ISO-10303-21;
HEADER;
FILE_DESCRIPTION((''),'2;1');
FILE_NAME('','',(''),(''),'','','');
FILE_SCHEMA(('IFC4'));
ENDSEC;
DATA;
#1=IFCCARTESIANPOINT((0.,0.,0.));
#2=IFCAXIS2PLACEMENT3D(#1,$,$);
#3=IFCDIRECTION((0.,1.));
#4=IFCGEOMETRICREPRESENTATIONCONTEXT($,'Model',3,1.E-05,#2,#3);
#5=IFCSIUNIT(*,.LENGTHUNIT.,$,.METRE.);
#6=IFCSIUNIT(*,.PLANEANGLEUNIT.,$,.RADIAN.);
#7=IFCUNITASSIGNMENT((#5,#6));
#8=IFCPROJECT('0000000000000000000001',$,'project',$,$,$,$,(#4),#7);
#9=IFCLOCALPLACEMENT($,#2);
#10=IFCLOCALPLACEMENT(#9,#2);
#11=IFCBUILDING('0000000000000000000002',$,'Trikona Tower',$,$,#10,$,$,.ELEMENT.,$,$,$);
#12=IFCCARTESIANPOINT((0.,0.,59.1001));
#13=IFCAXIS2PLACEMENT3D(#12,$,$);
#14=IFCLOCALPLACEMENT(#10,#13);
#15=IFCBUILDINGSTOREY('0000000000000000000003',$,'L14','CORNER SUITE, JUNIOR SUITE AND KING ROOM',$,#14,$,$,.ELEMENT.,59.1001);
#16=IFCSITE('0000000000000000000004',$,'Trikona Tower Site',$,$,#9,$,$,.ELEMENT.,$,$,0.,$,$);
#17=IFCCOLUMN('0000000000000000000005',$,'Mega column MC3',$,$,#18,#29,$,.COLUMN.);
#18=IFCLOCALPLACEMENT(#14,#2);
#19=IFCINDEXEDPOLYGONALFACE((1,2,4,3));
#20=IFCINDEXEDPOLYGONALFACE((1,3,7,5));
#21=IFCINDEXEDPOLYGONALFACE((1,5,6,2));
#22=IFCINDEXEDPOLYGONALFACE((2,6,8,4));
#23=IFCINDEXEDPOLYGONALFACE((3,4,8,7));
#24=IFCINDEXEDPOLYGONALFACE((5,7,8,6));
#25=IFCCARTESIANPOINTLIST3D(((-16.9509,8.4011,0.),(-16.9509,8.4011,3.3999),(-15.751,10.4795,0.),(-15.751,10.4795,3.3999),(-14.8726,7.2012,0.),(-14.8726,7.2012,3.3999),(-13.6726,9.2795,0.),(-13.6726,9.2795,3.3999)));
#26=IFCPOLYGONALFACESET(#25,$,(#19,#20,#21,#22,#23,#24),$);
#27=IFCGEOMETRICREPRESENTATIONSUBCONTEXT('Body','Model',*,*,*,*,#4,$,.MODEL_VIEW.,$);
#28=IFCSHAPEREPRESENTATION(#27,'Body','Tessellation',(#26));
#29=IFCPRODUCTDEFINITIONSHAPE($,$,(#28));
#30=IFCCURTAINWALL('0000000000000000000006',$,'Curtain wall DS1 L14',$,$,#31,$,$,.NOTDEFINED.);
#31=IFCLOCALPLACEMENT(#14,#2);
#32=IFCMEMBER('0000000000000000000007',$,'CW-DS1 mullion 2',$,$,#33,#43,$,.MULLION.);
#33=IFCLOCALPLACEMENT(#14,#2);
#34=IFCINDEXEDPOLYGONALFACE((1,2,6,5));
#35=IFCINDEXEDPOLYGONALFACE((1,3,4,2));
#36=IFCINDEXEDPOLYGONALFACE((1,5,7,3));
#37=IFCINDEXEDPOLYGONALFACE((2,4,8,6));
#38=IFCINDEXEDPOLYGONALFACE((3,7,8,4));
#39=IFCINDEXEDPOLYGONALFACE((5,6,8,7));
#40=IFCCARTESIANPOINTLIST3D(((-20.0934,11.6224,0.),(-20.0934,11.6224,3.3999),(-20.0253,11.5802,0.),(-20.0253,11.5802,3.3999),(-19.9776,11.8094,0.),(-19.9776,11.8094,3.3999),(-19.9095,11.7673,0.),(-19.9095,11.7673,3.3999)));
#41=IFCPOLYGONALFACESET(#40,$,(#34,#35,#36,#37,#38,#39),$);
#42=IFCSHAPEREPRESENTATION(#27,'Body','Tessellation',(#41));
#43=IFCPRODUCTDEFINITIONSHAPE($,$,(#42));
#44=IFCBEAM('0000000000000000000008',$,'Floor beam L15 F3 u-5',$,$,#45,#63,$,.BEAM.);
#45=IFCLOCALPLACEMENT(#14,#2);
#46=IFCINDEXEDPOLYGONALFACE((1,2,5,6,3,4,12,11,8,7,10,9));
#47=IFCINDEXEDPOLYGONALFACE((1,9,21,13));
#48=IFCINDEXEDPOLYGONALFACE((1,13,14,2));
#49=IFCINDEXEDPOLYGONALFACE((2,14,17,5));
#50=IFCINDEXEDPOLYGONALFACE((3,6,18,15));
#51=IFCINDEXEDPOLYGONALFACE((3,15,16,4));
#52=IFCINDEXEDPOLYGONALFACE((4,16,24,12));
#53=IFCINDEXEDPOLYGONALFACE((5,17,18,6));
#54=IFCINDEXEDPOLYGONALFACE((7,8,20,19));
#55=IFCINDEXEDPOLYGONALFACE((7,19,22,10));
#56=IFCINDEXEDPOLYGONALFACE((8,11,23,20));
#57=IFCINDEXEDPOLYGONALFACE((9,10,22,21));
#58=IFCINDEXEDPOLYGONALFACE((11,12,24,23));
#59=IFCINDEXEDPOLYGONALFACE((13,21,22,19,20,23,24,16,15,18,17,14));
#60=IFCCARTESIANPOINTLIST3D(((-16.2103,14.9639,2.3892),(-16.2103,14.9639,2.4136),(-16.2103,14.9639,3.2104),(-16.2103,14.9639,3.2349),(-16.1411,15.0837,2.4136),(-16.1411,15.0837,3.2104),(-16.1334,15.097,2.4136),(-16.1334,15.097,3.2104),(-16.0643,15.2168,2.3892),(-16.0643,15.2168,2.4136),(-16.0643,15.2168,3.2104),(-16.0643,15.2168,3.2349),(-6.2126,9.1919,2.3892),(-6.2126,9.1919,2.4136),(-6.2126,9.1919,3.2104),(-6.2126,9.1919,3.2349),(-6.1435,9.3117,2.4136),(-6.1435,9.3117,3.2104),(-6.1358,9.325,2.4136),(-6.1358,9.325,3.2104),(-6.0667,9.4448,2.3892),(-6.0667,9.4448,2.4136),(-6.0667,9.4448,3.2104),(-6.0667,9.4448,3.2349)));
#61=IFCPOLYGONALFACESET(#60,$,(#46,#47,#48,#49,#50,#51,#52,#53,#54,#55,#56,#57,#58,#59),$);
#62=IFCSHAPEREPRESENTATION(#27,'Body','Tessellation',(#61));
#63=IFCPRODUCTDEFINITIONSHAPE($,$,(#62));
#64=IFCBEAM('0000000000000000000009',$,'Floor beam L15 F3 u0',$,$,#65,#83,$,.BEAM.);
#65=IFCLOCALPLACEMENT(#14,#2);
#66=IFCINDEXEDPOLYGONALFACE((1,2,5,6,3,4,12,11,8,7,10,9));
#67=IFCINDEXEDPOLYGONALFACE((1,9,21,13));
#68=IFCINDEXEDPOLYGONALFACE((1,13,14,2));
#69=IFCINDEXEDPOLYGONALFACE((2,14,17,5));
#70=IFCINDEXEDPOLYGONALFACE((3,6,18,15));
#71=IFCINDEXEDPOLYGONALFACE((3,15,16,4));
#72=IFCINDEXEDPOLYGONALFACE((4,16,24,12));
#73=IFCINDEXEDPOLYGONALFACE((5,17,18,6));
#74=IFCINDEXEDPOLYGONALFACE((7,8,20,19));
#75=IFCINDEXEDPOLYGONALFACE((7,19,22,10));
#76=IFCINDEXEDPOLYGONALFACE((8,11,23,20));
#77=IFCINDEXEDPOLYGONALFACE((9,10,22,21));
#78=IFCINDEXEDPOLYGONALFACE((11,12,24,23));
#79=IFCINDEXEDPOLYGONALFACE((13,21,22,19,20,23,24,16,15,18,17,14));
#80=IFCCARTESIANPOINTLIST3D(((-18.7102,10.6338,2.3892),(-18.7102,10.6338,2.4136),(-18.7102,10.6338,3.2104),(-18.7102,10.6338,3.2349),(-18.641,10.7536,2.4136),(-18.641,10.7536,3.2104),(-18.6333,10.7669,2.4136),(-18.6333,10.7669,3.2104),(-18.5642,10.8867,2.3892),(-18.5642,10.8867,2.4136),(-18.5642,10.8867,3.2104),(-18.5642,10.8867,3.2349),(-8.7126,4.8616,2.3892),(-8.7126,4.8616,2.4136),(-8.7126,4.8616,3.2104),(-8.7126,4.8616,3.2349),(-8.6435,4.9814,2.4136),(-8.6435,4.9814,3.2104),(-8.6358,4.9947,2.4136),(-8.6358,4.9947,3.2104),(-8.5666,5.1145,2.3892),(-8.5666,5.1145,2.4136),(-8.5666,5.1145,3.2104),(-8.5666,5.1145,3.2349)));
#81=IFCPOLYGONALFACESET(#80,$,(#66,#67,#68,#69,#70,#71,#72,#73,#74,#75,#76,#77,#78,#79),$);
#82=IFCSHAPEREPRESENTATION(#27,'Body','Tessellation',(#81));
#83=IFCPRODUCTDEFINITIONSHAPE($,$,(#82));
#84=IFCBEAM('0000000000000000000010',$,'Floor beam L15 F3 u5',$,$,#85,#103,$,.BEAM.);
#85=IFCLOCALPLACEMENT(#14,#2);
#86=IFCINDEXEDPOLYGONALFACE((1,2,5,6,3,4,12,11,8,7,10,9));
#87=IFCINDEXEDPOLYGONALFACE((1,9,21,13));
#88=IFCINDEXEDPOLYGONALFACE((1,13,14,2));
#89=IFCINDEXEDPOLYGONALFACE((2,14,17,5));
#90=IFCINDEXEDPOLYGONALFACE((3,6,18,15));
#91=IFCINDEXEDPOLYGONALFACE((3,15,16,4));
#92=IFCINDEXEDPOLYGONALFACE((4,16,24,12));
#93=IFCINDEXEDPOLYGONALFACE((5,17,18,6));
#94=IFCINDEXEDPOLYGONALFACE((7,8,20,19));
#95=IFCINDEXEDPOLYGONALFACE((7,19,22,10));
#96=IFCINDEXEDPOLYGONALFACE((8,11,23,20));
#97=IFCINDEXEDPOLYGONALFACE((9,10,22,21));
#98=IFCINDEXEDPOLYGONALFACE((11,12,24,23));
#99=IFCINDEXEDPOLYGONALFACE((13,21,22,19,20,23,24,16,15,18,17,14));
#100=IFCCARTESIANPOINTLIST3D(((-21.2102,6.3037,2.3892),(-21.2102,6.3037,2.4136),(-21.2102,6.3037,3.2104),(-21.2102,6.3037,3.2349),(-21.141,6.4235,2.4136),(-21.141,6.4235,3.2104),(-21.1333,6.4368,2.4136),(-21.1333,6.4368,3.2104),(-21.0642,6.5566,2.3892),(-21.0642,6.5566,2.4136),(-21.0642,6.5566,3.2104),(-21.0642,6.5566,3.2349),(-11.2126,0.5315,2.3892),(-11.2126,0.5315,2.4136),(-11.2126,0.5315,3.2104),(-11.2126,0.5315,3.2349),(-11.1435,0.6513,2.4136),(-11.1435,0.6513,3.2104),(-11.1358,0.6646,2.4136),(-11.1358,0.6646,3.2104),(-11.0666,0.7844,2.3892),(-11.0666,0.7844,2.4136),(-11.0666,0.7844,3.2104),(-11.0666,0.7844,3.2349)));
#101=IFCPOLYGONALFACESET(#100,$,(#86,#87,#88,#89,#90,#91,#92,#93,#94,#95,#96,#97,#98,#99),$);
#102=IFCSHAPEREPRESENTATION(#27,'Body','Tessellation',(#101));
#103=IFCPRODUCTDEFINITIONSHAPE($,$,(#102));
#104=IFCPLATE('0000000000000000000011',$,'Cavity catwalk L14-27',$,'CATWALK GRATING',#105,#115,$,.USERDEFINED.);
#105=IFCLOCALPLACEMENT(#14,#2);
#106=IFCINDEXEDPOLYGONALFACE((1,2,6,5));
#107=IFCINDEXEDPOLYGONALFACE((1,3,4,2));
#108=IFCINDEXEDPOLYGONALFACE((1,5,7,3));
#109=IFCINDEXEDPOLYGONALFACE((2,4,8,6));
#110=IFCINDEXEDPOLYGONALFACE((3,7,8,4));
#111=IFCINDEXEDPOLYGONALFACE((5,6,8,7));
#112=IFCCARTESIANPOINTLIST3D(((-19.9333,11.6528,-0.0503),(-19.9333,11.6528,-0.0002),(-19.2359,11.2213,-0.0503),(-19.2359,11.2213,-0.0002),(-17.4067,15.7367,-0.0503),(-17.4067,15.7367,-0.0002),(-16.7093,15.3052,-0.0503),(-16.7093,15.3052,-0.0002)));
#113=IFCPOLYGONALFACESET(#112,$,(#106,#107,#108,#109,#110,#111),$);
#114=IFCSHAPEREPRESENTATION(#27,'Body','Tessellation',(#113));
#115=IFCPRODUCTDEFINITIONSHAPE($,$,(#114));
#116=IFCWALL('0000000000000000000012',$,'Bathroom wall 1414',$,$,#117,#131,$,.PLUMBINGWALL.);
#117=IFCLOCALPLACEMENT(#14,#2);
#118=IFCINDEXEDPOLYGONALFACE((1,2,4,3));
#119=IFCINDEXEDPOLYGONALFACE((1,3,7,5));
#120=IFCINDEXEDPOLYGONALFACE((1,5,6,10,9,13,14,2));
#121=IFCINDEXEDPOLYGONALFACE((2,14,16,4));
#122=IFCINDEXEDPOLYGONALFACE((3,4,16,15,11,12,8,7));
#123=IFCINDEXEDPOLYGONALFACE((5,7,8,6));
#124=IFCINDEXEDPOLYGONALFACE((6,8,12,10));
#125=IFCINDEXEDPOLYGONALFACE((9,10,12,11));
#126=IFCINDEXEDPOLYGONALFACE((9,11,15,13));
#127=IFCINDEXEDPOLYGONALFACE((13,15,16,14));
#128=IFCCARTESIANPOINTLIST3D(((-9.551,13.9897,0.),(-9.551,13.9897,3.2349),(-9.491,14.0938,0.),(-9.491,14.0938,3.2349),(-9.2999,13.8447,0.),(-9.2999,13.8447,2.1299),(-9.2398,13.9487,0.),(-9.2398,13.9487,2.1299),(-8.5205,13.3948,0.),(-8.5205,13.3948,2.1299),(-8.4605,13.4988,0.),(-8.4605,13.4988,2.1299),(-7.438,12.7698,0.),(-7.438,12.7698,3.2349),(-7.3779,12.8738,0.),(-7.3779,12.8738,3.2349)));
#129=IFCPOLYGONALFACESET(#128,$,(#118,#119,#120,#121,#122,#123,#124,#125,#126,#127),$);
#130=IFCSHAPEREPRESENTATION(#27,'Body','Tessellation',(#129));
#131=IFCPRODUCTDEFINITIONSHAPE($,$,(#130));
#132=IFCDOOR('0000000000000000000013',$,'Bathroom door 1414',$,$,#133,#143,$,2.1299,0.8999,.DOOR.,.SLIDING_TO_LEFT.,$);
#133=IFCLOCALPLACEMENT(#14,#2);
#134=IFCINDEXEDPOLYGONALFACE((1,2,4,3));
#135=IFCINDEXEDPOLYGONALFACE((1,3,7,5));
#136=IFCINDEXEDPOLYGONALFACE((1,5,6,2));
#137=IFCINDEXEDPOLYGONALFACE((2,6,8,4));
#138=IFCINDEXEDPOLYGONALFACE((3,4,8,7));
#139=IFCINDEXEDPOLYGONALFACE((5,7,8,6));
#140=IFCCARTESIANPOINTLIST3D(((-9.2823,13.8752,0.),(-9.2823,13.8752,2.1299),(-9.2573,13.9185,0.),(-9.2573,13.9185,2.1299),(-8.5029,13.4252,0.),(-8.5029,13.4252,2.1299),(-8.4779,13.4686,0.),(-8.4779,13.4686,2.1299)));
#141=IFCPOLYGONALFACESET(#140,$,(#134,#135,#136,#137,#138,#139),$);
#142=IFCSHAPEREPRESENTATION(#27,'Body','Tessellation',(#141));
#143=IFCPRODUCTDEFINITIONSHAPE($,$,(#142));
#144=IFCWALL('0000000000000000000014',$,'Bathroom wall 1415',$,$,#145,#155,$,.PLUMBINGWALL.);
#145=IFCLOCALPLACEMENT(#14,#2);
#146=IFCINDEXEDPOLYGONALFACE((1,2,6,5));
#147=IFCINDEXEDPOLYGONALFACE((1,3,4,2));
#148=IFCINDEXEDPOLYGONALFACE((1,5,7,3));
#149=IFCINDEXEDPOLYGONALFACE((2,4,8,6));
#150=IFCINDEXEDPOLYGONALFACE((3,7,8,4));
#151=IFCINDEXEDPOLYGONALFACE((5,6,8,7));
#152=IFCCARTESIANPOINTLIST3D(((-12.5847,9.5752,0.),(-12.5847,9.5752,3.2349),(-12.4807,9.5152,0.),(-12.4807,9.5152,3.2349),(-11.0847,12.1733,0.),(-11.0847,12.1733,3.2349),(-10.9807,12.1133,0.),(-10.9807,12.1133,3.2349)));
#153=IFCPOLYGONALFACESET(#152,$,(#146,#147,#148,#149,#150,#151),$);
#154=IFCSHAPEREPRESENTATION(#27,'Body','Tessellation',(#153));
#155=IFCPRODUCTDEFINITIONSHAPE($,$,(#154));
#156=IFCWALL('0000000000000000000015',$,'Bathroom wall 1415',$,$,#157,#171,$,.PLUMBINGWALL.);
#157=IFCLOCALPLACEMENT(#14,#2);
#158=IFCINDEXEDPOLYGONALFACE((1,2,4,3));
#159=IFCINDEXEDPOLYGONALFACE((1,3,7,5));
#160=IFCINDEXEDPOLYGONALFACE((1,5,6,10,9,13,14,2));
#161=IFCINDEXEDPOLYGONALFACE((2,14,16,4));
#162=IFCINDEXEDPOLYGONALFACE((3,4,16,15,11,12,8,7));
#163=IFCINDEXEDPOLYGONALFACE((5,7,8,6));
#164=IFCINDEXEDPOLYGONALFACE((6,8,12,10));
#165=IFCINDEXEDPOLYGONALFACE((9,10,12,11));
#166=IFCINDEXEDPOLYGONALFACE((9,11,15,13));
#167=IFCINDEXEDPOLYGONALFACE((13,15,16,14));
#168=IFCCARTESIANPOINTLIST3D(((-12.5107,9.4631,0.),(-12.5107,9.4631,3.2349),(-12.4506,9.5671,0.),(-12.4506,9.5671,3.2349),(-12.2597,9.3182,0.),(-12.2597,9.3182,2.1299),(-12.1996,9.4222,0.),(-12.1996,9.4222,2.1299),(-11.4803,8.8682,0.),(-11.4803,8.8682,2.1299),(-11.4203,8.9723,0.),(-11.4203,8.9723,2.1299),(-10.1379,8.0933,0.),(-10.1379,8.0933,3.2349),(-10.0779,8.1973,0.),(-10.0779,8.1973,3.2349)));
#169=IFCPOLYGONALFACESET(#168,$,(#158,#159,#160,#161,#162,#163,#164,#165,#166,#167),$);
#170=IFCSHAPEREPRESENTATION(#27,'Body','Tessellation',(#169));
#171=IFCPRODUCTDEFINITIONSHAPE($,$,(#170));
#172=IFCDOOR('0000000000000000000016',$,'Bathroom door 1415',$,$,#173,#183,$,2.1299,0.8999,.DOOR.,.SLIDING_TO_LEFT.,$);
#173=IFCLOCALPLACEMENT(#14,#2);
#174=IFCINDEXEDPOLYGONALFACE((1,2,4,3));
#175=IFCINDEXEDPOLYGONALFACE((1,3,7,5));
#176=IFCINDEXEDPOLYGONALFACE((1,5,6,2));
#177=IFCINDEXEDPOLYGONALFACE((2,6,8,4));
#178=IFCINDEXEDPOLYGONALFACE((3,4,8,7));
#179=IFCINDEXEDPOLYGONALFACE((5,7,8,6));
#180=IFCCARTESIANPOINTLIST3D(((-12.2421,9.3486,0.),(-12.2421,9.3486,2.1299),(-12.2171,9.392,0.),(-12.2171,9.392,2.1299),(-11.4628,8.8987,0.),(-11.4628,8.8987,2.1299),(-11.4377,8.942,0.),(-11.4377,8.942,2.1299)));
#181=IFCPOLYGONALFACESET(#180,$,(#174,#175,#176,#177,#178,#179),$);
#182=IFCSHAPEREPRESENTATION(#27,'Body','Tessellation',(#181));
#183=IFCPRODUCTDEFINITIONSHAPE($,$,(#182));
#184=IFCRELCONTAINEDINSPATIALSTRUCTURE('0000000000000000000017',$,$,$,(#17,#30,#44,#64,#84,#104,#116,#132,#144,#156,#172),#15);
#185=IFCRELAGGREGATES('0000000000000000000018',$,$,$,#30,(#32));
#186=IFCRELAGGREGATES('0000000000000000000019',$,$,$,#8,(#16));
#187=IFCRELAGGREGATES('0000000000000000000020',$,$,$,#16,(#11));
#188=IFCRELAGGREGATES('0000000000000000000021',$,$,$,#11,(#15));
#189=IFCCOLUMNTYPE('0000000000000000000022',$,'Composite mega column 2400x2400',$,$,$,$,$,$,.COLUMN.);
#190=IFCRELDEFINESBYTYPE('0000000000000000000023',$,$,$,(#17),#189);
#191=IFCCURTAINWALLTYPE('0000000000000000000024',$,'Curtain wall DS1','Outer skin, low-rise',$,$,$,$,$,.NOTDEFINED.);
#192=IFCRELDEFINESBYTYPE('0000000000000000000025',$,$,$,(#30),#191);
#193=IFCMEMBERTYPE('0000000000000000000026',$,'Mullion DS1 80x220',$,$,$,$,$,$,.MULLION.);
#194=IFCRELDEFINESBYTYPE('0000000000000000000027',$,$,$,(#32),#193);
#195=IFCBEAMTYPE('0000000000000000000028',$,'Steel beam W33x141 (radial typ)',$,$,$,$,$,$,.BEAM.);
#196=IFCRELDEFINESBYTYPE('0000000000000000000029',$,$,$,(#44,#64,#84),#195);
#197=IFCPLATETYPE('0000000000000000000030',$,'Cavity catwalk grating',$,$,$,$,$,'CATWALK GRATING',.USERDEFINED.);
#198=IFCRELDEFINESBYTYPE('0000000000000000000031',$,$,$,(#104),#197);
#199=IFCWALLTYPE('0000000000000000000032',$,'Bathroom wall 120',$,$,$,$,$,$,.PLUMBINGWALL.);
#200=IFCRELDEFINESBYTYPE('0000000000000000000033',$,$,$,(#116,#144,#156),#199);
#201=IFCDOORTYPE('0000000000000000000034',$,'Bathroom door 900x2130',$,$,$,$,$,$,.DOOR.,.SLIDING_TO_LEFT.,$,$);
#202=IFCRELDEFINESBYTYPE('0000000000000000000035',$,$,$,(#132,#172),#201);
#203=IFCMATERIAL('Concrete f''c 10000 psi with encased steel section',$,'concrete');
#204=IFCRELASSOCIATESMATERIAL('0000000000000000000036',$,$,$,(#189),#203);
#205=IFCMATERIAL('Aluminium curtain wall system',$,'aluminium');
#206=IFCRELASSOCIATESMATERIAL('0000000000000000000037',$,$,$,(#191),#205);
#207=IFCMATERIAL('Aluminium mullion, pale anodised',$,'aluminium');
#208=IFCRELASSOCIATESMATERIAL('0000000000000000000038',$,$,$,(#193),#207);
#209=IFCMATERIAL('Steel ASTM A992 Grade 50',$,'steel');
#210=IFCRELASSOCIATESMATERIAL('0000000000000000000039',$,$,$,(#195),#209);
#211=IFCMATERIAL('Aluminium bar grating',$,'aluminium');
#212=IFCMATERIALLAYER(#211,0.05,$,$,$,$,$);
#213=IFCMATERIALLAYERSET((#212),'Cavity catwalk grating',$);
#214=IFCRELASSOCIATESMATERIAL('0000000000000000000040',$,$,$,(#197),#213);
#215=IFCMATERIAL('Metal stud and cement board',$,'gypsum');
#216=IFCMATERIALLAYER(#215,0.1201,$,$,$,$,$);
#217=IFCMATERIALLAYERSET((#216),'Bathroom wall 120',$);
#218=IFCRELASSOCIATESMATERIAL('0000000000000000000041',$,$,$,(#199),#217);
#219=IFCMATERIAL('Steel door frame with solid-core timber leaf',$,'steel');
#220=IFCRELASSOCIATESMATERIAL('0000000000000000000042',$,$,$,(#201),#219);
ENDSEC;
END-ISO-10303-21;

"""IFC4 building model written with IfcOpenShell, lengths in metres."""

from ifc_helpers import new_model, si_unit, direction, frame, frame_2d, origin, origin_2d, place, context, subcontext, project, spatial, rectangle, i_section, extrude, material, layer, layer_set, material_profile, profile_set, type_object, element, fill, aggregate, save


model = new_model("IFC4")

# Units and contexts
model_context = context("Model", 3, precision=1e-05, world=origin(), true_north=direction((0.0, 1.0)))
body_context = subcontext(model_context, "Body", "Model", "MODEL_VIEW")
ifc_project = project(units=[si_unit("LENGTHUNIT", "METRE"), si_unit("PLANEANGLEUNIT", "RADIAN")], contexts=[model_context])

# Site, building, storey
site_placement = place(None, origin())
site = spatial("IfcSite", under=ifc_project, at=site_placement, Name="Trikona Tower Site", CompositionType="ELEMENT", RefElevation=0.0)
building_placement = place(site_placement, origin())
building = spatial("IfcBuilding", under=site, at=building_placement, Name="Trikona Tower", CompositionType="ELEMENT")
storey_placement = place(building_placement, frame((0.0, 0.0, 59.1001)))
storey = spatial("IfcBuildingStorey", under=building, at=storey_placement, Name="L14", Description="CORNER SUITE, JUNIOR SUITE AND KING ROOM", CompositionType="ELEMENT", Elevation=59.1001)

# Column
ifc_material_1 = material(Name="Concrete f'c 10000 psi with encased steel section", Category="concrete")
ifc_material_profile_1 = material_profile(ifc_material_1, rectangle(XDim=2.3999, YDim=2.3999, at=origin_2d()), Name="MC2400")
ifc_profile_set_1 = profile_set([ifc_material_profile_1], Name="Concrete f'c 10000 psi with encased steel section")
column_type = type_object("IfcColumnType", Name="Composite mega column 2400x2400", PredefinedType="COLUMN", material=ifc_profile_set_1)
column_placement = place(storey_placement, frame((-15.3118, 8.8403, 0.0), z_axis=(0.0, 0.0, 1.0), x_axis=(-0.866025, 0.5, 0.0)))
element("IfcColumn", 1, at=column_placement, inside=storey, type_object=column_type, Name="Mega column MC3", PredefinedType="COLUMN", context=body_context, shape_type="SweptSolid", body=[
    extrude(rectangle(XDim=2.3999, YDim=2.3999, at=origin_2d()), origin(), (0.0, 0.0, 1.0), 3.3999),
])

# Curtain wall, member
ifc_material_2 = material(Name="Aluminium curtain wall system", Category="aluminium")
curtain_wall_type = type_object("IfcCurtainWallType", Name="Curtain wall DS1", Description="Outer skin, low-rise", PredefinedType="NOTDEFINED", material=ifc_material_2)
curtain_wall_placement = place(storey_placement, origin())
curtain_wall = element("IfcCurtainWall", 2, at=curtain_wall_placement, inside=storey, type_object=curtain_wall_type, Name="Curtain wall DS1 L14", PredefinedType="NOTDEFINED")
ifc_material_3 = material(Name="Aluminium mullion, pale anodised", Category="aluminium")
ifc_material_profile_2 = material_profile(ifc_material_3, rectangle(XDim=0.0801, YDim=0.22, at=origin_2d()), Name="MUL-DS1")
ifc_profile_set_2 = profile_set([ifc_material_profile_2], Name="Aluminium mullion, pale anodised")
member_type = type_object("IfcMemberType", Name="Mullion DS1 80x220", PredefinedType="MULLION", material=ifc_profile_set_2)
member_placement = place(storey_placement, frame((-20.0015, 11.6948, 0.0), z_axis=(0.0, 0.0, 1.0), x_axis=(0.85041, -0.52612, 0.0)))
member = element("IfcMember", 3, at=member_placement, type_object=member_type, Name="CW-DS1 mullion 2", PredefinedType="MULLION", context=body_context, shape_type="SweptSolid", body=[
    extrude(rectangle(XDim=0.0801, YDim=0.22, at=origin_2d()), origin(), (0.0, 0.0, 1.0), 3.3999),
])
aggregate(curtain_wall, [member])

# Beams
ifc_material_4 = material(Name="Steel ASTM A992 Grade 50", Category="steel")
ifc_material_profile_3 = material_profile(ifc_material_4, i_section(OverallWidth=0.292, OverallDepth=0.8457, WebThickness=0.0154, FlangeThickness=0.0244, at=origin_2d()), Name="W33X141")
ifc_profile_set_3 = profile_set([ifc_material_profile_3], Name="Steel ASTM A992 Grade 50")
beam_type = type_object("IfcBeamType", Name="Steel beam W33x141 (radial typ)", PredefinedType="BEAM", material=ifc_profile_set_3)
for number, where, z_axis, x_axis, name in (
    (4, (-6.1396, 9.3184, 2.812), (-0.86603, 0.499992, 0.0), (-0.499992, -0.86603, 0.0), "Floor beam L15 F3 u-5"),
    (5, (-8.6396, 4.988, 2.812), (-0.866021, 0.500008, 0.0), (-0.500008, -0.866021, 0.0), "Floor beam L15 F3 u0"),
    (6, (-11.1396, 0.658, 2.812), (-0.866021, 0.500008, 0.0), (-0.500008, -0.866021, 0.0), "Floor beam L15 F3 u5"),
):
    element("IfcBeam", number, at=place(storey_placement, frame(where, z_axis=z_axis, x_axis=x_axis)), inside=storey, type_object=beam_type, Name=name, PredefinedType="BEAM", context=body_context, shape_type="SweptSolid", body=[
        extrude(i_section(OverallWidth=0.292, OverallDepth=0.8457, WebThickness=0.0154, FlangeThickness=0.0244, at=origin_2d()), origin(), (0.0, 0.0, 1.0), 11.5442),
    ])

# Plate
ifc_material_5 = material(Name="Aluminium bar grating", Category="aluminium")
ifc_layer_1 = layer(ifc_material_5, 0.05)
ifc_layer_set_1 = layer_set([ifc_layer_1], Name="Cavity catwalk grating")
plate_type = type_object("IfcPlateType", Name="Cavity catwalk grating", ElementType="CATWALK GRATING", PredefinedType="USERDEFINED", material=ifc_layer_set_1)
plate_placement = place(storey_placement, frame((-18.3213, 13.479, -0.0503), z_axis=(0.0, 0.0, 1.0), x_axis=(-0.526119, -0.850411, 0.0)))
element("IfcPlate", 7, at=plate_placement, inside=storey, type_object=plate_type, Name="Cavity catwalk L14-27", ObjectType="CATWALK GRATING", PredefinedType="USERDEFINED", context=body_context, shape_type="SweptSolid", body=[
    extrude(rectangle(XDim=4.8022, YDim=0.8201, at=origin_2d()), origin(), (0.0, 0.0, 1.0), 0.05),
])

# Wall, opening, door
ifc_material_6 = material(Name="Metal stud and cement board", Category="gypsum")
ifc_layer_2 = layer(ifc_material_6, 0.1201)
ifc_layer_set_2 = layer_set([ifc_layer_2], Name="Bathroom wall 120")
wall_type_1 = type_object("IfcWallType", Name="Bathroom wall 120", PredefinedType="PLUMBINGWALL", material=ifc_layer_set_2)
wall_1_placement = place(storey_placement, frame((-7.408, 12.8218, 0.0), z_axis=(0.0, 0.0, 1.0), x_axis=(-0.866024, 0.500003, 0.0)))
wall_1 = element("IfcWall", 8, at=wall_1_placement, inside=storey, type_object=wall_type_1, Name="Bathroom wall 1414", PredefinedType="PLUMBINGWALL", context=body_context, shape_type="SweptSolid", body=[
    extrude(rectangle(XDim=2.4399, YDim=0.1201, at=frame_2d((1.22, 0.0))), origin(), (0.0, 0.0, 1.0), 3.2349),
])
opening_1_placement = place(wall_1_placement, frame((1.25, 0.0, 0.0)))
opening_1 = element("IfcOpeningElement", 9, at=opening_1_placement, cuts=wall_1, PredefinedType="OPENING", context=body_context, shape_type="SweptSolid", body=[
    extrude(rectangle(XDim=0.8999, YDim=2.1299, at=frame_2d((0.45, 1.0649))), frame((0.0, 0.0701, 0.0), z_axis=(0.0, -1.0, 0.0), x_axis=(1.0, 0.0, 0.0)), (0.0, 0.0, 1.0), 0.1401),
])
ifc_material_7 = material(Name="Steel door frame with solid-core timber leaf", Category="steel")
door_type_1 = type_object("IfcDoorType", Name="Bathroom door 900x2130", OperationType="SLIDING_TO_LEFT", PredefinedType="DOOR", material=ifc_material_7)
door_1_placement = place(opening_1_placement, origin())
door_1 = element("IfcDoor", 10, at=door_1_placement, inside=storey, type_object=door_type_1, Name="Bathroom door 1414", OperationType="SLIDING_TO_LEFT", OverallHeight=2.1299, OverallWidth=0.8999, PredefinedType="DOOR", context=body_context, shape_type="SweptSolid", body=[
    extrude(rectangle(XDim=0.8999, YDim=2.1299, at=frame_2d((0.45, 1.0649))), frame((0.0, 0.0249, 0.0), z_axis=(0.0, -1.0, 0.0), x_axis=(1.0, 0.0, 0.0)), (0.0, 0.0, 1.0), 0.05),
])
fill(opening_1, door_1)

# Wall
wall_2_placement = place(storey_placement, frame((-11.0327, 12.1433, 0.0), z_axis=(0.0, 0.0, 1.0), x_axis=(-0.49999, -0.866031, 0.0)))
element("IfcWall", 11, at=wall_2_placement, inside=storey, type_object=wall_type_1, Name="Bathroom wall 1415", PredefinedType="PLUMBINGWALL", context=body_context, shape_type="SweptSolid", body=[
    extrude(rectangle(XDim=3.0, YDim=0.1201, at=frame_2d((1.5, 0.0))), origin(), (0.0, 0.0, 1.0), 3.2349),
])

# Wall, opening, door
wall_3_placement = place(storey_placement, frame((-10.1079, 8.1453, 0.0), z_axis=(0.0, 0.0, 1.0), x_axis=(-0.866036, 0.499982, 0.0)))
wall_3 = element("IfcWall", 12, at=wall_3_placement, inside=storey, type_object=wall_type_1, Name="Bathroom wall 1415", PredefinedType="PLUMBINGWALL", context=body_context, shape_type="SweptSolid", body=[
    extrude(rectangle(XDim=2.7397, YDim=0.1201, at=frame_2d((1.3699, 0.0))), origin(), (0.0, 0.0, 1.0), 3.2349),
])
opening_2_placement = place(wall_3_placement, frame((1.55, 0.0, 0.0)))
opening_2 = element("IfcOpeningElement", 13, at=opening_2_placement, cuts=wall_3, PredefinedType="OPENING", context=body_context, shape_type="SweptSolid", body=[
    extrude(rectangle(XDim=0.8999, YDim=2.1299, at=frame_2d((0.45, 1.0649))), frame((0.0, 0.0701, 0.0), z_axis=(0.0, -1.0, 0.0), x_axis=(1.0, 0.0, 0.0)), (0.0, 0.0, 1.0), 0.1401),
])
door_2_placement = place(opening_2_placement, origin())
door_2 = element("IfcDoor", 14, at=door_2_placement, inside=storey, type_object=door_type_1, Name="Bathroom door 1415", OperationType="SLIDING_TO_LEFT", OverallHeight=2.1299, OverallWidth=0.8999, PredefinedType="DOOR", context=body_context, shape_type="SweptSolid", body=[
    extrude(rectangle(XDim=0.8999, YDim=2.1299, at=frame_2d((0.45, 1.0649))), frame((0.0, 0.0249, 0.0), z_axis=(0.0, -1.0, 0.0), x_axis=(1.0, 0.0, 0.0)), (0.0, 0.0, 1.0), 0.05),
])
fill(opening_2, door_2)

save(model, "model.ifc")
